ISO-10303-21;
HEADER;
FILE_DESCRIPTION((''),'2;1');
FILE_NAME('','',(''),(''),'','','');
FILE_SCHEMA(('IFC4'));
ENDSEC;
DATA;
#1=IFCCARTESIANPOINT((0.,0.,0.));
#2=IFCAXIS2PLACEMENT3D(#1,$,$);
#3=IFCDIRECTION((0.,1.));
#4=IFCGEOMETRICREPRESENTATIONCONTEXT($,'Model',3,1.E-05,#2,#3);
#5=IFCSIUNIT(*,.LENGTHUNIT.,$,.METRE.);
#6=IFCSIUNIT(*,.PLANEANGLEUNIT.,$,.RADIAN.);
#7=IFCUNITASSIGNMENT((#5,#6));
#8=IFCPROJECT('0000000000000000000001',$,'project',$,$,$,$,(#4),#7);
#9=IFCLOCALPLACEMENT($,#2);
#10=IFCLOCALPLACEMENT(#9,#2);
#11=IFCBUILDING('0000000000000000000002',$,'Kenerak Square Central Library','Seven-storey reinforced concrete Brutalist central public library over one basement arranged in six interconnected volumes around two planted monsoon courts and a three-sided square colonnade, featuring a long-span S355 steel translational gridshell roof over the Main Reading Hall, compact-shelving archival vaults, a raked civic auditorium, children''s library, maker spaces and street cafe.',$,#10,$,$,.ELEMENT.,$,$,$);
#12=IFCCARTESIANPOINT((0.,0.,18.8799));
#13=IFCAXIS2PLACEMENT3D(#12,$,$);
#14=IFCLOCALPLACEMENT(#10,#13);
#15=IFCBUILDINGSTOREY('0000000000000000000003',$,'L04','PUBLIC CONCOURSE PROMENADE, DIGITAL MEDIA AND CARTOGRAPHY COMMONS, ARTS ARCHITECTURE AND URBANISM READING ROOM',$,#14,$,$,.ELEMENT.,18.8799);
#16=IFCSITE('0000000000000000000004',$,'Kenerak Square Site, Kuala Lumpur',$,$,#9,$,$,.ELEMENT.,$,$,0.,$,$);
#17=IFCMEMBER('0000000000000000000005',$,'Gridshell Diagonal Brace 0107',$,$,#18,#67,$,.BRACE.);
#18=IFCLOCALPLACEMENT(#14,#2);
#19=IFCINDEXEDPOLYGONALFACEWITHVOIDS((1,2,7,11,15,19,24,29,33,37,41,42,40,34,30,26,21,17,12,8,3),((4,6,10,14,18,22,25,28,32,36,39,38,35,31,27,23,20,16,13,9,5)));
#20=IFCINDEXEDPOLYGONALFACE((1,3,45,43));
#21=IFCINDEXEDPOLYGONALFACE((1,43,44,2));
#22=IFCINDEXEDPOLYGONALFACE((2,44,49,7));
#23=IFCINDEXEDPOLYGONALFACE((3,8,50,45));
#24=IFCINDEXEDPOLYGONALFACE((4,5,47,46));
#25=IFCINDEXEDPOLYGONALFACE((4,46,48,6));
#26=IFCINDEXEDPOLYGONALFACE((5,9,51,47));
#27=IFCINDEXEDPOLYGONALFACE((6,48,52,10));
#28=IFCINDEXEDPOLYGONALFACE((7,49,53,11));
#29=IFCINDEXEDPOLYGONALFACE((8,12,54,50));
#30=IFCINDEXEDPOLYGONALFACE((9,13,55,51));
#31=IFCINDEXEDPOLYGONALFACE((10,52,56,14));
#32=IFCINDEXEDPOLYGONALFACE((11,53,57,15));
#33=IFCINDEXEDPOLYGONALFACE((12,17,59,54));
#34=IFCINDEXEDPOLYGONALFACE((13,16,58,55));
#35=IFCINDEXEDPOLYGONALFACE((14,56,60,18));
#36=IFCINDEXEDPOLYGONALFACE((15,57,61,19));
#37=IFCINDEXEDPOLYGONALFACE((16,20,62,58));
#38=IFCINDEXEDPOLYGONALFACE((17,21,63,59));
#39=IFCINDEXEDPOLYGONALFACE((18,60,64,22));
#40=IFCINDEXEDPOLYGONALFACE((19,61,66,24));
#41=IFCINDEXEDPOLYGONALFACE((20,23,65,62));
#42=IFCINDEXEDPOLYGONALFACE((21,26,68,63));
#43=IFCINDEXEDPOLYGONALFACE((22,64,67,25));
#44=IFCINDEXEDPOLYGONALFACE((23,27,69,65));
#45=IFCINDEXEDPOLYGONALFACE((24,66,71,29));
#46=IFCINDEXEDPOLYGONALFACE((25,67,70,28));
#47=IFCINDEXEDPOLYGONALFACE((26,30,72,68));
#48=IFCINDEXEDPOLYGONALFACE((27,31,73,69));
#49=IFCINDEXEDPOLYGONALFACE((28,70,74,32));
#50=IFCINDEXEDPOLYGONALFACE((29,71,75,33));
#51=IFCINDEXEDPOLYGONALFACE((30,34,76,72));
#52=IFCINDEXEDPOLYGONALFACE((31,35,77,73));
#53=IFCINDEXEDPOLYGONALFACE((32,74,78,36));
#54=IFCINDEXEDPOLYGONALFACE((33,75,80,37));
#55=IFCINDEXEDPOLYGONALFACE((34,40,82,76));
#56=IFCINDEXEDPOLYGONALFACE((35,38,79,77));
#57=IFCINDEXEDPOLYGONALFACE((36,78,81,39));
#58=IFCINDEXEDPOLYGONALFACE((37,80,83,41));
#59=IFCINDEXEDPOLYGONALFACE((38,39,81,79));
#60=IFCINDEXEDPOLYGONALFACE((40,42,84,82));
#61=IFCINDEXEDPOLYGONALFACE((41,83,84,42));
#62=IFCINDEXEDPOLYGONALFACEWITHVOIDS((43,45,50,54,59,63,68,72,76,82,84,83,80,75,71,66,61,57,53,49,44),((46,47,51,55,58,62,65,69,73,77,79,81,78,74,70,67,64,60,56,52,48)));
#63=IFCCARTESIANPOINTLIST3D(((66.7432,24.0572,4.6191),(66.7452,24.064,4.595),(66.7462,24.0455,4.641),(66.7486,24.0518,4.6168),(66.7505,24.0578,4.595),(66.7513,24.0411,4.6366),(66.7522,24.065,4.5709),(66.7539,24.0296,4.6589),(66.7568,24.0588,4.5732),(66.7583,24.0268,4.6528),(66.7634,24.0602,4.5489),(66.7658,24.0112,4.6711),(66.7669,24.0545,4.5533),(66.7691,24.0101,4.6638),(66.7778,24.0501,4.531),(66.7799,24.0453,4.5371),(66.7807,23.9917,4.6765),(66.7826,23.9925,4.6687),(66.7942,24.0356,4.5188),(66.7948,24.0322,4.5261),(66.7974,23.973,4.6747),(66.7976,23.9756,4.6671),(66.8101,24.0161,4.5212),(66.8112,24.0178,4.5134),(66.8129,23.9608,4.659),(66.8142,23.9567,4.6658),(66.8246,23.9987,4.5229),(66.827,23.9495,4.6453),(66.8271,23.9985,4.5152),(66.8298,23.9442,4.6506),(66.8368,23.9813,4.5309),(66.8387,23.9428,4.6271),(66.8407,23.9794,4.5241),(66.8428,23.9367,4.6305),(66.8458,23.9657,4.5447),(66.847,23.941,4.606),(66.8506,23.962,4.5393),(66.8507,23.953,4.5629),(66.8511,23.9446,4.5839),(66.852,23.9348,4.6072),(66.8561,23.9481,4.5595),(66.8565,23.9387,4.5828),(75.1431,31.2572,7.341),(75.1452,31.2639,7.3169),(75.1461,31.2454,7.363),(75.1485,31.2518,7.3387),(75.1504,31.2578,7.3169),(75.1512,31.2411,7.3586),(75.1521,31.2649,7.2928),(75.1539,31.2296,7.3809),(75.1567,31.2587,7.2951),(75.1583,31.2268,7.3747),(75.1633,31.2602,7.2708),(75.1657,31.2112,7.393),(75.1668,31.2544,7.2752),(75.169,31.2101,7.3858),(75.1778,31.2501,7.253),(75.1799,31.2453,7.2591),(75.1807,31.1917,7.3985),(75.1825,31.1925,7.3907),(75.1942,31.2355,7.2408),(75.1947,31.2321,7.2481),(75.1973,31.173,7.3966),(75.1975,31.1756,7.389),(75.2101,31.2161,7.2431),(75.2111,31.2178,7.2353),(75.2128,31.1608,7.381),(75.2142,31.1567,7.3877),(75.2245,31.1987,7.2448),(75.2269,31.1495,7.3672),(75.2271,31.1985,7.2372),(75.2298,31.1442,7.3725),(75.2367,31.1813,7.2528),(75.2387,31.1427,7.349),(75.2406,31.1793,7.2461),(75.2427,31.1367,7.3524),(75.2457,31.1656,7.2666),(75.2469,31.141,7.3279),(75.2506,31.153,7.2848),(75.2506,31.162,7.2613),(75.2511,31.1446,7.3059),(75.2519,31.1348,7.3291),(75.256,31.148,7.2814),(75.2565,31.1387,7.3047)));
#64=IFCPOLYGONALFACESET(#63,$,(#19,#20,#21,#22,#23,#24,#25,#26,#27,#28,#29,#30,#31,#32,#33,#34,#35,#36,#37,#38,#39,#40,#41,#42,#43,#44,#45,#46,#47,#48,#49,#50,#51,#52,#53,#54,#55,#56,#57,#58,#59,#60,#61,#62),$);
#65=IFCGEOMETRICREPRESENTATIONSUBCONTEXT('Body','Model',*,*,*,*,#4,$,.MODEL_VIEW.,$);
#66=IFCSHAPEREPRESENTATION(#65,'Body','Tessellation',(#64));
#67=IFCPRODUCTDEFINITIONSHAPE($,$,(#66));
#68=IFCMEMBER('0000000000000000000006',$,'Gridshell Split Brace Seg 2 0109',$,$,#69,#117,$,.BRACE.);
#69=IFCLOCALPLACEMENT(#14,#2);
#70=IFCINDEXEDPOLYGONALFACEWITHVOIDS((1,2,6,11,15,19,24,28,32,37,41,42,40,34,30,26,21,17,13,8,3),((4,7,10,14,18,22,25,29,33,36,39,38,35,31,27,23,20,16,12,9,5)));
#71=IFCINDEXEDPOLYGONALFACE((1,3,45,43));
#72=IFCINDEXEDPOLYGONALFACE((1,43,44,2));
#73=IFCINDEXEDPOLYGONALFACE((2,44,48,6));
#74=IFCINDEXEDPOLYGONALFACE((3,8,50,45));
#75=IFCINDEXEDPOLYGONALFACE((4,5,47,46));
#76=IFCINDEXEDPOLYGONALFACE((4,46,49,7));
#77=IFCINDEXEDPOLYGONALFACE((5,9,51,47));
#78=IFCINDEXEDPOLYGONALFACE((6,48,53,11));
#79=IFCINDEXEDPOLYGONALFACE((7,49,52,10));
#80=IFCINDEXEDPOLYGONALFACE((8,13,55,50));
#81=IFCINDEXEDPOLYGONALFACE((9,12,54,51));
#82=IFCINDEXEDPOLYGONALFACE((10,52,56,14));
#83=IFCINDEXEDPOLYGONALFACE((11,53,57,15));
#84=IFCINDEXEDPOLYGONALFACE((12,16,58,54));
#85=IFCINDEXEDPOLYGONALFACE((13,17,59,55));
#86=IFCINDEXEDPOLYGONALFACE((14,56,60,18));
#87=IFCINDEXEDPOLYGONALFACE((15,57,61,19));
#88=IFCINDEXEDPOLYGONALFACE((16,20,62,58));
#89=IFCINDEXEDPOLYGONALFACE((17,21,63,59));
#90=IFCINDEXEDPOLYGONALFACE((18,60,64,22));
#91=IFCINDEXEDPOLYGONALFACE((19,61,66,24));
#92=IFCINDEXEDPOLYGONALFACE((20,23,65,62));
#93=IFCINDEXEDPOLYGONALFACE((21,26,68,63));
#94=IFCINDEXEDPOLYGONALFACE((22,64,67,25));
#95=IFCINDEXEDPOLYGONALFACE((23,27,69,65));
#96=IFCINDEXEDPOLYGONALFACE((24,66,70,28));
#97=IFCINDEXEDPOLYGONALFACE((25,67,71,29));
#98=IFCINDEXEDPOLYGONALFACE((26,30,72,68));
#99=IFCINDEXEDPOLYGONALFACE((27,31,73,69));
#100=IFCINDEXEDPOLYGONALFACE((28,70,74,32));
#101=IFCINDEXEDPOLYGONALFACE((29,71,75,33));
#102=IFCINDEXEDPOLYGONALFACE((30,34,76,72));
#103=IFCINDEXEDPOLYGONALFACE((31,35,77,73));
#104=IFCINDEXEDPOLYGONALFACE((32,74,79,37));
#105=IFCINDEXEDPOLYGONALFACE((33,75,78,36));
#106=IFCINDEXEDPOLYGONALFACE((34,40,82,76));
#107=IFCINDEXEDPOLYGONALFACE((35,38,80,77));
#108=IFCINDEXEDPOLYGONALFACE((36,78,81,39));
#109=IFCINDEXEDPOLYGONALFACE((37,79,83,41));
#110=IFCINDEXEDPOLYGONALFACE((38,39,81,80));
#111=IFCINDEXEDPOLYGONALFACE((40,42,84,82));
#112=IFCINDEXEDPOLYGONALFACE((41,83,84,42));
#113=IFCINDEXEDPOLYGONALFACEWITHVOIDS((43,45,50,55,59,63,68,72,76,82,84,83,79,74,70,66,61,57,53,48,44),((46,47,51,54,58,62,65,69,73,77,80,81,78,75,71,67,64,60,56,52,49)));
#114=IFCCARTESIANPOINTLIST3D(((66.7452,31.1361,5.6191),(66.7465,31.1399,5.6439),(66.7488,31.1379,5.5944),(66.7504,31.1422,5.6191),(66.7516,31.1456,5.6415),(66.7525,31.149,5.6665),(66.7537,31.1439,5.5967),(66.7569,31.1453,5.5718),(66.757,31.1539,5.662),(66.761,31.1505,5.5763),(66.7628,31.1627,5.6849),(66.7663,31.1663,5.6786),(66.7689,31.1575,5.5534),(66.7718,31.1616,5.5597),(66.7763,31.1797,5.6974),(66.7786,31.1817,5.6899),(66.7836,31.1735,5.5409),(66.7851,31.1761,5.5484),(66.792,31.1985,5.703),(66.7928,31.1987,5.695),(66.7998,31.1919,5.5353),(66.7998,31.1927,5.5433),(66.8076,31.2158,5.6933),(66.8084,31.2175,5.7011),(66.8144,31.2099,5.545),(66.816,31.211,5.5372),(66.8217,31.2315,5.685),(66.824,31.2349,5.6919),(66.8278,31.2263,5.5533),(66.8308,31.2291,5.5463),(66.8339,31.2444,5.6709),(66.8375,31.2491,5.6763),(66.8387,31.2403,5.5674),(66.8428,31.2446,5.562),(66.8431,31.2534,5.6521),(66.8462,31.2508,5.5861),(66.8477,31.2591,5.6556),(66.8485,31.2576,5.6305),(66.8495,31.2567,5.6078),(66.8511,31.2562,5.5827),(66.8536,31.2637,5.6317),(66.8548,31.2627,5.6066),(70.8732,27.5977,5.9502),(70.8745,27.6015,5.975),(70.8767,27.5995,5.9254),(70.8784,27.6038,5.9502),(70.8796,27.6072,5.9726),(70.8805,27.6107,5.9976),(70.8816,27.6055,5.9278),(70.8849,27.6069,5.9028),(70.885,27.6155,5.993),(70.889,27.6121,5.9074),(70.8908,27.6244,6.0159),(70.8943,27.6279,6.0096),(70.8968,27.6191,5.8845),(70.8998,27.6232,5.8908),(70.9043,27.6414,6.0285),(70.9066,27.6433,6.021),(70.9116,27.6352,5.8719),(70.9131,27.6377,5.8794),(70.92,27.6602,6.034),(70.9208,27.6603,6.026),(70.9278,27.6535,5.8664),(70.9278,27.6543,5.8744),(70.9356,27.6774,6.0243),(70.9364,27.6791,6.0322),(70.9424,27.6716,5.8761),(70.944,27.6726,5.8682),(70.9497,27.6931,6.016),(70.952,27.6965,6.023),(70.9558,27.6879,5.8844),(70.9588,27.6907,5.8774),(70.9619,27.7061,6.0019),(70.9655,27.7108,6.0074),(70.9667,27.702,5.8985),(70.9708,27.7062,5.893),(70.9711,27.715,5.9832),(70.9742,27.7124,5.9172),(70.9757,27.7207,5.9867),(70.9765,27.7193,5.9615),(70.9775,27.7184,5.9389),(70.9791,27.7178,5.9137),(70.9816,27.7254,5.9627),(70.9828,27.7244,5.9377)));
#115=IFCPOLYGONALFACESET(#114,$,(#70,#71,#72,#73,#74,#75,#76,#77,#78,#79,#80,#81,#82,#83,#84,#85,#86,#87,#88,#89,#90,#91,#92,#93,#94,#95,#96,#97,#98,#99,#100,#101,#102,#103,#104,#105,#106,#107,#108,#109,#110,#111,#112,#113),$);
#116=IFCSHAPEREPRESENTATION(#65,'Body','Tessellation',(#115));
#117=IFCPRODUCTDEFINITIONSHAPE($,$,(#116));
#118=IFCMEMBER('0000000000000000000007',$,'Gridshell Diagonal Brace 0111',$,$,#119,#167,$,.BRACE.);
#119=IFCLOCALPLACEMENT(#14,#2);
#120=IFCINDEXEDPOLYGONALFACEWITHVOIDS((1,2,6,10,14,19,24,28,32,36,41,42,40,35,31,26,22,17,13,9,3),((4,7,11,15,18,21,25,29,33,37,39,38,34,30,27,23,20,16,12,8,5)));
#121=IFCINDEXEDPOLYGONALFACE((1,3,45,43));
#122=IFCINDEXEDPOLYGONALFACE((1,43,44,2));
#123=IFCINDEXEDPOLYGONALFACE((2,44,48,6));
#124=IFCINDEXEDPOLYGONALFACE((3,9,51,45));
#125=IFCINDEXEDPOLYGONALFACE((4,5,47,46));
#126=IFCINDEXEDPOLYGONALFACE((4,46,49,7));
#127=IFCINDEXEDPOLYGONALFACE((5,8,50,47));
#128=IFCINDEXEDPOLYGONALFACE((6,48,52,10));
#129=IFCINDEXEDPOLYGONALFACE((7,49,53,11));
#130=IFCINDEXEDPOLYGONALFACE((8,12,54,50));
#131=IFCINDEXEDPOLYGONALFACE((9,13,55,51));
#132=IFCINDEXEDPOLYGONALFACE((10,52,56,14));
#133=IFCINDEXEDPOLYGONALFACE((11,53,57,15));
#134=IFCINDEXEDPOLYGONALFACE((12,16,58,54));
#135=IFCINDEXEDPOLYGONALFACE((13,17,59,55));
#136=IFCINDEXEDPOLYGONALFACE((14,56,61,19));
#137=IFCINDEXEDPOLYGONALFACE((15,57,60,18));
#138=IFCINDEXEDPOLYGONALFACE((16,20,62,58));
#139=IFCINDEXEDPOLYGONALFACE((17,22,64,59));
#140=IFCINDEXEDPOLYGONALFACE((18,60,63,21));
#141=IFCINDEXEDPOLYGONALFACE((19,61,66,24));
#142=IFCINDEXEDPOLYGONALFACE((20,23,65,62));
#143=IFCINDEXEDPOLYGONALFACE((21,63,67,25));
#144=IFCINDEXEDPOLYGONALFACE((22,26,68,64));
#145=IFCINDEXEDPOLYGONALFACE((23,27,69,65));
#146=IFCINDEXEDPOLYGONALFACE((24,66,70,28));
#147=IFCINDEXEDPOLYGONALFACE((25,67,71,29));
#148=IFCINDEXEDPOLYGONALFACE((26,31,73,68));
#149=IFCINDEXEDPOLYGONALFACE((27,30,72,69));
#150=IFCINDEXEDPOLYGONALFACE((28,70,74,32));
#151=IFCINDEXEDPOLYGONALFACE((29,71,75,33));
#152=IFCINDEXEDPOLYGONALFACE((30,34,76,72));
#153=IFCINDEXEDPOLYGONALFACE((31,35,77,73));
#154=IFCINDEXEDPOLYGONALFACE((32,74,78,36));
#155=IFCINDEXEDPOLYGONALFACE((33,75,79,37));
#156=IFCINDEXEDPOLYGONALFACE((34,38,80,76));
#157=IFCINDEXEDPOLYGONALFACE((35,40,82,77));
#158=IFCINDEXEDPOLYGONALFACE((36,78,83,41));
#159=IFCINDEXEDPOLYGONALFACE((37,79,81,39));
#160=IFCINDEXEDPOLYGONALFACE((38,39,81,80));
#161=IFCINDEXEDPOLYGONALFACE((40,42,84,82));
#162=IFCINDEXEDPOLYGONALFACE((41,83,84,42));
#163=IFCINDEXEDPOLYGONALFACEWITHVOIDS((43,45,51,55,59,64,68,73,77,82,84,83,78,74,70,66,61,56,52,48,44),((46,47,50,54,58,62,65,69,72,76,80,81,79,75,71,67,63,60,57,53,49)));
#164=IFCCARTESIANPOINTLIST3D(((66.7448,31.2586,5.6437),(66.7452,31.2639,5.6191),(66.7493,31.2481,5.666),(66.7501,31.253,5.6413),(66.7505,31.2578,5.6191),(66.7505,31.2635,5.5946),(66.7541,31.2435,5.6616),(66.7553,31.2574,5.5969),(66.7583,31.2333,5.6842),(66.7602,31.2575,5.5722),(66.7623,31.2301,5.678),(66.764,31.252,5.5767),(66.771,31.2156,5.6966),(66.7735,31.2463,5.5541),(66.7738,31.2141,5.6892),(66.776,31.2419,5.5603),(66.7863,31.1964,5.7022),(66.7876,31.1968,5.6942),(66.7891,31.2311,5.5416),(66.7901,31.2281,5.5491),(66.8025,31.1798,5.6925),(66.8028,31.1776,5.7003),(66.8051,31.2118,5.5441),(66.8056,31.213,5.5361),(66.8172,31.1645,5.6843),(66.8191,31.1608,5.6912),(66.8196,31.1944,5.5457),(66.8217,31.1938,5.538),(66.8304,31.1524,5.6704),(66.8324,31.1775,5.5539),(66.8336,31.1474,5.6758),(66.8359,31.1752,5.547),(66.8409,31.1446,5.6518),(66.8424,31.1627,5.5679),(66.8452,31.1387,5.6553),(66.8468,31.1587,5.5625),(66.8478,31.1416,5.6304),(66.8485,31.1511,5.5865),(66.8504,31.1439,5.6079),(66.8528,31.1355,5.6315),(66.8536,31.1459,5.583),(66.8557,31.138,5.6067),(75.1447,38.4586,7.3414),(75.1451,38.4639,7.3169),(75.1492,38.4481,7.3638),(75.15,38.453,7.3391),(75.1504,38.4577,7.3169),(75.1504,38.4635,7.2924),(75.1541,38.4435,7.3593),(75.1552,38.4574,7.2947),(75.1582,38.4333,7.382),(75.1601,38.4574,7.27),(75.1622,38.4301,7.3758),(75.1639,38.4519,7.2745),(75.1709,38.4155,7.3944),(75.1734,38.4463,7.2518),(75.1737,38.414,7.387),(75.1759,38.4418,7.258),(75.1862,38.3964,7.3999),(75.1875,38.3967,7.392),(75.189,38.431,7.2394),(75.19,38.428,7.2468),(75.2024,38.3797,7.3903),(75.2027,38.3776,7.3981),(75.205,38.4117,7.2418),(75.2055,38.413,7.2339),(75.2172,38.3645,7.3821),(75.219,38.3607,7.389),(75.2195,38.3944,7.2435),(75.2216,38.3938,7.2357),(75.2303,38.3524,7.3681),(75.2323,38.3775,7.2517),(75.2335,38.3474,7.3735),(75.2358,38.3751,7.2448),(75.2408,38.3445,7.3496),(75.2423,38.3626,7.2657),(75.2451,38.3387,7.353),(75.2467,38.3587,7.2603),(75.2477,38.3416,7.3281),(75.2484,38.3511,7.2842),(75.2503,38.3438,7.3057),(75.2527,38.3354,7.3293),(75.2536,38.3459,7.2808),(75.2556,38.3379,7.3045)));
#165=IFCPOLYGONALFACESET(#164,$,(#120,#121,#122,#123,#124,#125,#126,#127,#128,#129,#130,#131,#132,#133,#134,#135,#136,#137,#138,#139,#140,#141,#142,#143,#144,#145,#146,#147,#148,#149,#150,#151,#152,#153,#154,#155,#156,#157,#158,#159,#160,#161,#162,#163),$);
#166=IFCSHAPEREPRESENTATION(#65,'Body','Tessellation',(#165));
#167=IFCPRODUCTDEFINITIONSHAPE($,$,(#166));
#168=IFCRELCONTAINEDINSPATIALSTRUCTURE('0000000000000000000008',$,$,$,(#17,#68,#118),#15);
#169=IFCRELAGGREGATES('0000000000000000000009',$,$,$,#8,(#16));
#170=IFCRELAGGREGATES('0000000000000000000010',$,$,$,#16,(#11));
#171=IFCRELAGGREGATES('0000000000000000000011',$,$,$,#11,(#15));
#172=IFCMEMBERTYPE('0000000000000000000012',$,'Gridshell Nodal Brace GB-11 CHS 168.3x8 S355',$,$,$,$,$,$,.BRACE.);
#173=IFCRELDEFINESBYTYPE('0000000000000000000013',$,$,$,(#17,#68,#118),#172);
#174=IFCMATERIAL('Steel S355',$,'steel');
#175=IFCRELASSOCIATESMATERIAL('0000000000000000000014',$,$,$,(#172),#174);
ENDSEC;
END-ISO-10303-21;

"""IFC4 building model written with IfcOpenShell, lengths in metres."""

from ifc_helpers import new_model, si_unit, direction, frame, origin, origin_2d, place, context, subcontext, project, spatial, hollow_circle, extrude, material, material_profile, profile_set, type_object, element, save


model = new_model("IFC4")

# Units and contexts
model_context = context("Model", 3, precision=1e-05, world=origin(), true_north=direction((0.0, 1.0)))
body_context = subcontext(model_context, "Body", "Model", "MODEL_VIEW")
ifc_project = project(units=[si_unit("LENGTHUNIT", "METRE"), si_unit("PLANEANGLEUNIT", "RADIAN")], contexts=[model_context])

# Site, building, storey
site_placement = place(None, origin())
site = spatial("IfcSite", under=ifc_project, at=site_placement, Name="Kenerak Square Site, Kuala Lumpur", CompositionType="ELEMENT", RefElevation=0.0)
building_placement = place(site_placement, origin())
building = spatial("IfcBuilding", under=site, at=building_placement, Name="Kenerak Square Central Library", Description="Seven-storey reinforced concrete Brutalist central public library over one basement arranged in six interconnected volumes around two planted monsoon courts and a three-sided square colonnade, featuring a long-span S355 steel translational gridshell roof over the Main Reading Hall, compact-shelving archival vaults, a raked civic auditorium, children's library, maker spaces and street cafe.", CompositionType="ELEMENT")
storey_placement = place(building_placement, frame((0.0, 0.0, 18.8799)))
storey = spatial("IfcBuildingStorey", under=building, at=storey_placement, Name="L04", Description="PUBLIC CONCOURSE PROMENADE, DIGITAL MEDIA AND CARTOGRAPHY COMMONS, ARTS ARCHITECTURE AND URBANISM READING ROOM", CompositionType="ELEMENT", Elevation=18.8799)

# Members
ifc_material = material(Name="Steel S355", Category="steel")
ifc_material_profile_1 = material_profile(ifc_material, hollow_circle(Radius=0.0842, WallThickness=0.0081, at=origin_2d()), Name="CHS 168.3x8.0")
ifc_profile_set_1 = profile_set([ifc_material_profile_1], Name="Steel S355")
member_type_1 = type_object("IfcMemberType", Name="Gridshell Nodal Brace GB-11 CHS 168.3x8 S355", PredefinedType="BRACE", material=ifc_profile_set_1)
member_1_placement = place(storey_placement, frame((66.8, 24.0, 4.595), z_axis=(0.737269, 0.631948, 0.238906), x_axis=(-0.650793, 0.759255, 0.0)))
element("IfcMember", 1, at=member_1_placement, inside=storey, type_object=member_type_1, Name="Gridshell Diagonal Brace 0107", PredefinedType="BRACE", context=body_context, shape_type="SweptSolid", body=[
    extrude(hollow_circle(Radius=0.0842, WallThickness=0.0081, at=origin_2d()), origin(), (0.0, 0.0, 1.0), 11.3933),
])
member_2_placement = place(storey_placement, frame((70.928, 27.6616, 5.9502), z_axis=(-0.757843, 0.649599, -0.060778), x_axis=(-0.650802, -0.759247, 0.0)))
element("IfcMember", 2, at=member_2_placement, inside=storey, type_object=member_type_1, Name="Gridshell Split Brace Seg 2 0109", PredefinedType="BRACE", context=body_context, shape_type="SweptSolid", body=[
    extrude(hollow_circle(Radius=0.0842, WallThickness=0.0081, at=origin_2d()), origin(), (0.0, 0.0, 1.0), 5.447),
])
member_3_placement = place(storey_placement, frame((66.8, 31.2, 5.6191), z_axis=(0.75047, 0.643263, 0.151682), x_axis=(-0.650793, 0.759255, 0.0)))
element("IfcMember", 3, at=member_3_placement, inside=storey, type_object=member_type_1, Name="Gridshell Diagonal Brace 0111", PredefinedType="BRACE", context=body_context, shape_type="SweptSolid", body=[
    extrude(hollow_circle(Radius=0.0842, WallThickness=0.0081, at=origin_2d()), origin(), (0.0, 0.0, 1.0), 11.1929),
])

save(model, "model.ifc")
